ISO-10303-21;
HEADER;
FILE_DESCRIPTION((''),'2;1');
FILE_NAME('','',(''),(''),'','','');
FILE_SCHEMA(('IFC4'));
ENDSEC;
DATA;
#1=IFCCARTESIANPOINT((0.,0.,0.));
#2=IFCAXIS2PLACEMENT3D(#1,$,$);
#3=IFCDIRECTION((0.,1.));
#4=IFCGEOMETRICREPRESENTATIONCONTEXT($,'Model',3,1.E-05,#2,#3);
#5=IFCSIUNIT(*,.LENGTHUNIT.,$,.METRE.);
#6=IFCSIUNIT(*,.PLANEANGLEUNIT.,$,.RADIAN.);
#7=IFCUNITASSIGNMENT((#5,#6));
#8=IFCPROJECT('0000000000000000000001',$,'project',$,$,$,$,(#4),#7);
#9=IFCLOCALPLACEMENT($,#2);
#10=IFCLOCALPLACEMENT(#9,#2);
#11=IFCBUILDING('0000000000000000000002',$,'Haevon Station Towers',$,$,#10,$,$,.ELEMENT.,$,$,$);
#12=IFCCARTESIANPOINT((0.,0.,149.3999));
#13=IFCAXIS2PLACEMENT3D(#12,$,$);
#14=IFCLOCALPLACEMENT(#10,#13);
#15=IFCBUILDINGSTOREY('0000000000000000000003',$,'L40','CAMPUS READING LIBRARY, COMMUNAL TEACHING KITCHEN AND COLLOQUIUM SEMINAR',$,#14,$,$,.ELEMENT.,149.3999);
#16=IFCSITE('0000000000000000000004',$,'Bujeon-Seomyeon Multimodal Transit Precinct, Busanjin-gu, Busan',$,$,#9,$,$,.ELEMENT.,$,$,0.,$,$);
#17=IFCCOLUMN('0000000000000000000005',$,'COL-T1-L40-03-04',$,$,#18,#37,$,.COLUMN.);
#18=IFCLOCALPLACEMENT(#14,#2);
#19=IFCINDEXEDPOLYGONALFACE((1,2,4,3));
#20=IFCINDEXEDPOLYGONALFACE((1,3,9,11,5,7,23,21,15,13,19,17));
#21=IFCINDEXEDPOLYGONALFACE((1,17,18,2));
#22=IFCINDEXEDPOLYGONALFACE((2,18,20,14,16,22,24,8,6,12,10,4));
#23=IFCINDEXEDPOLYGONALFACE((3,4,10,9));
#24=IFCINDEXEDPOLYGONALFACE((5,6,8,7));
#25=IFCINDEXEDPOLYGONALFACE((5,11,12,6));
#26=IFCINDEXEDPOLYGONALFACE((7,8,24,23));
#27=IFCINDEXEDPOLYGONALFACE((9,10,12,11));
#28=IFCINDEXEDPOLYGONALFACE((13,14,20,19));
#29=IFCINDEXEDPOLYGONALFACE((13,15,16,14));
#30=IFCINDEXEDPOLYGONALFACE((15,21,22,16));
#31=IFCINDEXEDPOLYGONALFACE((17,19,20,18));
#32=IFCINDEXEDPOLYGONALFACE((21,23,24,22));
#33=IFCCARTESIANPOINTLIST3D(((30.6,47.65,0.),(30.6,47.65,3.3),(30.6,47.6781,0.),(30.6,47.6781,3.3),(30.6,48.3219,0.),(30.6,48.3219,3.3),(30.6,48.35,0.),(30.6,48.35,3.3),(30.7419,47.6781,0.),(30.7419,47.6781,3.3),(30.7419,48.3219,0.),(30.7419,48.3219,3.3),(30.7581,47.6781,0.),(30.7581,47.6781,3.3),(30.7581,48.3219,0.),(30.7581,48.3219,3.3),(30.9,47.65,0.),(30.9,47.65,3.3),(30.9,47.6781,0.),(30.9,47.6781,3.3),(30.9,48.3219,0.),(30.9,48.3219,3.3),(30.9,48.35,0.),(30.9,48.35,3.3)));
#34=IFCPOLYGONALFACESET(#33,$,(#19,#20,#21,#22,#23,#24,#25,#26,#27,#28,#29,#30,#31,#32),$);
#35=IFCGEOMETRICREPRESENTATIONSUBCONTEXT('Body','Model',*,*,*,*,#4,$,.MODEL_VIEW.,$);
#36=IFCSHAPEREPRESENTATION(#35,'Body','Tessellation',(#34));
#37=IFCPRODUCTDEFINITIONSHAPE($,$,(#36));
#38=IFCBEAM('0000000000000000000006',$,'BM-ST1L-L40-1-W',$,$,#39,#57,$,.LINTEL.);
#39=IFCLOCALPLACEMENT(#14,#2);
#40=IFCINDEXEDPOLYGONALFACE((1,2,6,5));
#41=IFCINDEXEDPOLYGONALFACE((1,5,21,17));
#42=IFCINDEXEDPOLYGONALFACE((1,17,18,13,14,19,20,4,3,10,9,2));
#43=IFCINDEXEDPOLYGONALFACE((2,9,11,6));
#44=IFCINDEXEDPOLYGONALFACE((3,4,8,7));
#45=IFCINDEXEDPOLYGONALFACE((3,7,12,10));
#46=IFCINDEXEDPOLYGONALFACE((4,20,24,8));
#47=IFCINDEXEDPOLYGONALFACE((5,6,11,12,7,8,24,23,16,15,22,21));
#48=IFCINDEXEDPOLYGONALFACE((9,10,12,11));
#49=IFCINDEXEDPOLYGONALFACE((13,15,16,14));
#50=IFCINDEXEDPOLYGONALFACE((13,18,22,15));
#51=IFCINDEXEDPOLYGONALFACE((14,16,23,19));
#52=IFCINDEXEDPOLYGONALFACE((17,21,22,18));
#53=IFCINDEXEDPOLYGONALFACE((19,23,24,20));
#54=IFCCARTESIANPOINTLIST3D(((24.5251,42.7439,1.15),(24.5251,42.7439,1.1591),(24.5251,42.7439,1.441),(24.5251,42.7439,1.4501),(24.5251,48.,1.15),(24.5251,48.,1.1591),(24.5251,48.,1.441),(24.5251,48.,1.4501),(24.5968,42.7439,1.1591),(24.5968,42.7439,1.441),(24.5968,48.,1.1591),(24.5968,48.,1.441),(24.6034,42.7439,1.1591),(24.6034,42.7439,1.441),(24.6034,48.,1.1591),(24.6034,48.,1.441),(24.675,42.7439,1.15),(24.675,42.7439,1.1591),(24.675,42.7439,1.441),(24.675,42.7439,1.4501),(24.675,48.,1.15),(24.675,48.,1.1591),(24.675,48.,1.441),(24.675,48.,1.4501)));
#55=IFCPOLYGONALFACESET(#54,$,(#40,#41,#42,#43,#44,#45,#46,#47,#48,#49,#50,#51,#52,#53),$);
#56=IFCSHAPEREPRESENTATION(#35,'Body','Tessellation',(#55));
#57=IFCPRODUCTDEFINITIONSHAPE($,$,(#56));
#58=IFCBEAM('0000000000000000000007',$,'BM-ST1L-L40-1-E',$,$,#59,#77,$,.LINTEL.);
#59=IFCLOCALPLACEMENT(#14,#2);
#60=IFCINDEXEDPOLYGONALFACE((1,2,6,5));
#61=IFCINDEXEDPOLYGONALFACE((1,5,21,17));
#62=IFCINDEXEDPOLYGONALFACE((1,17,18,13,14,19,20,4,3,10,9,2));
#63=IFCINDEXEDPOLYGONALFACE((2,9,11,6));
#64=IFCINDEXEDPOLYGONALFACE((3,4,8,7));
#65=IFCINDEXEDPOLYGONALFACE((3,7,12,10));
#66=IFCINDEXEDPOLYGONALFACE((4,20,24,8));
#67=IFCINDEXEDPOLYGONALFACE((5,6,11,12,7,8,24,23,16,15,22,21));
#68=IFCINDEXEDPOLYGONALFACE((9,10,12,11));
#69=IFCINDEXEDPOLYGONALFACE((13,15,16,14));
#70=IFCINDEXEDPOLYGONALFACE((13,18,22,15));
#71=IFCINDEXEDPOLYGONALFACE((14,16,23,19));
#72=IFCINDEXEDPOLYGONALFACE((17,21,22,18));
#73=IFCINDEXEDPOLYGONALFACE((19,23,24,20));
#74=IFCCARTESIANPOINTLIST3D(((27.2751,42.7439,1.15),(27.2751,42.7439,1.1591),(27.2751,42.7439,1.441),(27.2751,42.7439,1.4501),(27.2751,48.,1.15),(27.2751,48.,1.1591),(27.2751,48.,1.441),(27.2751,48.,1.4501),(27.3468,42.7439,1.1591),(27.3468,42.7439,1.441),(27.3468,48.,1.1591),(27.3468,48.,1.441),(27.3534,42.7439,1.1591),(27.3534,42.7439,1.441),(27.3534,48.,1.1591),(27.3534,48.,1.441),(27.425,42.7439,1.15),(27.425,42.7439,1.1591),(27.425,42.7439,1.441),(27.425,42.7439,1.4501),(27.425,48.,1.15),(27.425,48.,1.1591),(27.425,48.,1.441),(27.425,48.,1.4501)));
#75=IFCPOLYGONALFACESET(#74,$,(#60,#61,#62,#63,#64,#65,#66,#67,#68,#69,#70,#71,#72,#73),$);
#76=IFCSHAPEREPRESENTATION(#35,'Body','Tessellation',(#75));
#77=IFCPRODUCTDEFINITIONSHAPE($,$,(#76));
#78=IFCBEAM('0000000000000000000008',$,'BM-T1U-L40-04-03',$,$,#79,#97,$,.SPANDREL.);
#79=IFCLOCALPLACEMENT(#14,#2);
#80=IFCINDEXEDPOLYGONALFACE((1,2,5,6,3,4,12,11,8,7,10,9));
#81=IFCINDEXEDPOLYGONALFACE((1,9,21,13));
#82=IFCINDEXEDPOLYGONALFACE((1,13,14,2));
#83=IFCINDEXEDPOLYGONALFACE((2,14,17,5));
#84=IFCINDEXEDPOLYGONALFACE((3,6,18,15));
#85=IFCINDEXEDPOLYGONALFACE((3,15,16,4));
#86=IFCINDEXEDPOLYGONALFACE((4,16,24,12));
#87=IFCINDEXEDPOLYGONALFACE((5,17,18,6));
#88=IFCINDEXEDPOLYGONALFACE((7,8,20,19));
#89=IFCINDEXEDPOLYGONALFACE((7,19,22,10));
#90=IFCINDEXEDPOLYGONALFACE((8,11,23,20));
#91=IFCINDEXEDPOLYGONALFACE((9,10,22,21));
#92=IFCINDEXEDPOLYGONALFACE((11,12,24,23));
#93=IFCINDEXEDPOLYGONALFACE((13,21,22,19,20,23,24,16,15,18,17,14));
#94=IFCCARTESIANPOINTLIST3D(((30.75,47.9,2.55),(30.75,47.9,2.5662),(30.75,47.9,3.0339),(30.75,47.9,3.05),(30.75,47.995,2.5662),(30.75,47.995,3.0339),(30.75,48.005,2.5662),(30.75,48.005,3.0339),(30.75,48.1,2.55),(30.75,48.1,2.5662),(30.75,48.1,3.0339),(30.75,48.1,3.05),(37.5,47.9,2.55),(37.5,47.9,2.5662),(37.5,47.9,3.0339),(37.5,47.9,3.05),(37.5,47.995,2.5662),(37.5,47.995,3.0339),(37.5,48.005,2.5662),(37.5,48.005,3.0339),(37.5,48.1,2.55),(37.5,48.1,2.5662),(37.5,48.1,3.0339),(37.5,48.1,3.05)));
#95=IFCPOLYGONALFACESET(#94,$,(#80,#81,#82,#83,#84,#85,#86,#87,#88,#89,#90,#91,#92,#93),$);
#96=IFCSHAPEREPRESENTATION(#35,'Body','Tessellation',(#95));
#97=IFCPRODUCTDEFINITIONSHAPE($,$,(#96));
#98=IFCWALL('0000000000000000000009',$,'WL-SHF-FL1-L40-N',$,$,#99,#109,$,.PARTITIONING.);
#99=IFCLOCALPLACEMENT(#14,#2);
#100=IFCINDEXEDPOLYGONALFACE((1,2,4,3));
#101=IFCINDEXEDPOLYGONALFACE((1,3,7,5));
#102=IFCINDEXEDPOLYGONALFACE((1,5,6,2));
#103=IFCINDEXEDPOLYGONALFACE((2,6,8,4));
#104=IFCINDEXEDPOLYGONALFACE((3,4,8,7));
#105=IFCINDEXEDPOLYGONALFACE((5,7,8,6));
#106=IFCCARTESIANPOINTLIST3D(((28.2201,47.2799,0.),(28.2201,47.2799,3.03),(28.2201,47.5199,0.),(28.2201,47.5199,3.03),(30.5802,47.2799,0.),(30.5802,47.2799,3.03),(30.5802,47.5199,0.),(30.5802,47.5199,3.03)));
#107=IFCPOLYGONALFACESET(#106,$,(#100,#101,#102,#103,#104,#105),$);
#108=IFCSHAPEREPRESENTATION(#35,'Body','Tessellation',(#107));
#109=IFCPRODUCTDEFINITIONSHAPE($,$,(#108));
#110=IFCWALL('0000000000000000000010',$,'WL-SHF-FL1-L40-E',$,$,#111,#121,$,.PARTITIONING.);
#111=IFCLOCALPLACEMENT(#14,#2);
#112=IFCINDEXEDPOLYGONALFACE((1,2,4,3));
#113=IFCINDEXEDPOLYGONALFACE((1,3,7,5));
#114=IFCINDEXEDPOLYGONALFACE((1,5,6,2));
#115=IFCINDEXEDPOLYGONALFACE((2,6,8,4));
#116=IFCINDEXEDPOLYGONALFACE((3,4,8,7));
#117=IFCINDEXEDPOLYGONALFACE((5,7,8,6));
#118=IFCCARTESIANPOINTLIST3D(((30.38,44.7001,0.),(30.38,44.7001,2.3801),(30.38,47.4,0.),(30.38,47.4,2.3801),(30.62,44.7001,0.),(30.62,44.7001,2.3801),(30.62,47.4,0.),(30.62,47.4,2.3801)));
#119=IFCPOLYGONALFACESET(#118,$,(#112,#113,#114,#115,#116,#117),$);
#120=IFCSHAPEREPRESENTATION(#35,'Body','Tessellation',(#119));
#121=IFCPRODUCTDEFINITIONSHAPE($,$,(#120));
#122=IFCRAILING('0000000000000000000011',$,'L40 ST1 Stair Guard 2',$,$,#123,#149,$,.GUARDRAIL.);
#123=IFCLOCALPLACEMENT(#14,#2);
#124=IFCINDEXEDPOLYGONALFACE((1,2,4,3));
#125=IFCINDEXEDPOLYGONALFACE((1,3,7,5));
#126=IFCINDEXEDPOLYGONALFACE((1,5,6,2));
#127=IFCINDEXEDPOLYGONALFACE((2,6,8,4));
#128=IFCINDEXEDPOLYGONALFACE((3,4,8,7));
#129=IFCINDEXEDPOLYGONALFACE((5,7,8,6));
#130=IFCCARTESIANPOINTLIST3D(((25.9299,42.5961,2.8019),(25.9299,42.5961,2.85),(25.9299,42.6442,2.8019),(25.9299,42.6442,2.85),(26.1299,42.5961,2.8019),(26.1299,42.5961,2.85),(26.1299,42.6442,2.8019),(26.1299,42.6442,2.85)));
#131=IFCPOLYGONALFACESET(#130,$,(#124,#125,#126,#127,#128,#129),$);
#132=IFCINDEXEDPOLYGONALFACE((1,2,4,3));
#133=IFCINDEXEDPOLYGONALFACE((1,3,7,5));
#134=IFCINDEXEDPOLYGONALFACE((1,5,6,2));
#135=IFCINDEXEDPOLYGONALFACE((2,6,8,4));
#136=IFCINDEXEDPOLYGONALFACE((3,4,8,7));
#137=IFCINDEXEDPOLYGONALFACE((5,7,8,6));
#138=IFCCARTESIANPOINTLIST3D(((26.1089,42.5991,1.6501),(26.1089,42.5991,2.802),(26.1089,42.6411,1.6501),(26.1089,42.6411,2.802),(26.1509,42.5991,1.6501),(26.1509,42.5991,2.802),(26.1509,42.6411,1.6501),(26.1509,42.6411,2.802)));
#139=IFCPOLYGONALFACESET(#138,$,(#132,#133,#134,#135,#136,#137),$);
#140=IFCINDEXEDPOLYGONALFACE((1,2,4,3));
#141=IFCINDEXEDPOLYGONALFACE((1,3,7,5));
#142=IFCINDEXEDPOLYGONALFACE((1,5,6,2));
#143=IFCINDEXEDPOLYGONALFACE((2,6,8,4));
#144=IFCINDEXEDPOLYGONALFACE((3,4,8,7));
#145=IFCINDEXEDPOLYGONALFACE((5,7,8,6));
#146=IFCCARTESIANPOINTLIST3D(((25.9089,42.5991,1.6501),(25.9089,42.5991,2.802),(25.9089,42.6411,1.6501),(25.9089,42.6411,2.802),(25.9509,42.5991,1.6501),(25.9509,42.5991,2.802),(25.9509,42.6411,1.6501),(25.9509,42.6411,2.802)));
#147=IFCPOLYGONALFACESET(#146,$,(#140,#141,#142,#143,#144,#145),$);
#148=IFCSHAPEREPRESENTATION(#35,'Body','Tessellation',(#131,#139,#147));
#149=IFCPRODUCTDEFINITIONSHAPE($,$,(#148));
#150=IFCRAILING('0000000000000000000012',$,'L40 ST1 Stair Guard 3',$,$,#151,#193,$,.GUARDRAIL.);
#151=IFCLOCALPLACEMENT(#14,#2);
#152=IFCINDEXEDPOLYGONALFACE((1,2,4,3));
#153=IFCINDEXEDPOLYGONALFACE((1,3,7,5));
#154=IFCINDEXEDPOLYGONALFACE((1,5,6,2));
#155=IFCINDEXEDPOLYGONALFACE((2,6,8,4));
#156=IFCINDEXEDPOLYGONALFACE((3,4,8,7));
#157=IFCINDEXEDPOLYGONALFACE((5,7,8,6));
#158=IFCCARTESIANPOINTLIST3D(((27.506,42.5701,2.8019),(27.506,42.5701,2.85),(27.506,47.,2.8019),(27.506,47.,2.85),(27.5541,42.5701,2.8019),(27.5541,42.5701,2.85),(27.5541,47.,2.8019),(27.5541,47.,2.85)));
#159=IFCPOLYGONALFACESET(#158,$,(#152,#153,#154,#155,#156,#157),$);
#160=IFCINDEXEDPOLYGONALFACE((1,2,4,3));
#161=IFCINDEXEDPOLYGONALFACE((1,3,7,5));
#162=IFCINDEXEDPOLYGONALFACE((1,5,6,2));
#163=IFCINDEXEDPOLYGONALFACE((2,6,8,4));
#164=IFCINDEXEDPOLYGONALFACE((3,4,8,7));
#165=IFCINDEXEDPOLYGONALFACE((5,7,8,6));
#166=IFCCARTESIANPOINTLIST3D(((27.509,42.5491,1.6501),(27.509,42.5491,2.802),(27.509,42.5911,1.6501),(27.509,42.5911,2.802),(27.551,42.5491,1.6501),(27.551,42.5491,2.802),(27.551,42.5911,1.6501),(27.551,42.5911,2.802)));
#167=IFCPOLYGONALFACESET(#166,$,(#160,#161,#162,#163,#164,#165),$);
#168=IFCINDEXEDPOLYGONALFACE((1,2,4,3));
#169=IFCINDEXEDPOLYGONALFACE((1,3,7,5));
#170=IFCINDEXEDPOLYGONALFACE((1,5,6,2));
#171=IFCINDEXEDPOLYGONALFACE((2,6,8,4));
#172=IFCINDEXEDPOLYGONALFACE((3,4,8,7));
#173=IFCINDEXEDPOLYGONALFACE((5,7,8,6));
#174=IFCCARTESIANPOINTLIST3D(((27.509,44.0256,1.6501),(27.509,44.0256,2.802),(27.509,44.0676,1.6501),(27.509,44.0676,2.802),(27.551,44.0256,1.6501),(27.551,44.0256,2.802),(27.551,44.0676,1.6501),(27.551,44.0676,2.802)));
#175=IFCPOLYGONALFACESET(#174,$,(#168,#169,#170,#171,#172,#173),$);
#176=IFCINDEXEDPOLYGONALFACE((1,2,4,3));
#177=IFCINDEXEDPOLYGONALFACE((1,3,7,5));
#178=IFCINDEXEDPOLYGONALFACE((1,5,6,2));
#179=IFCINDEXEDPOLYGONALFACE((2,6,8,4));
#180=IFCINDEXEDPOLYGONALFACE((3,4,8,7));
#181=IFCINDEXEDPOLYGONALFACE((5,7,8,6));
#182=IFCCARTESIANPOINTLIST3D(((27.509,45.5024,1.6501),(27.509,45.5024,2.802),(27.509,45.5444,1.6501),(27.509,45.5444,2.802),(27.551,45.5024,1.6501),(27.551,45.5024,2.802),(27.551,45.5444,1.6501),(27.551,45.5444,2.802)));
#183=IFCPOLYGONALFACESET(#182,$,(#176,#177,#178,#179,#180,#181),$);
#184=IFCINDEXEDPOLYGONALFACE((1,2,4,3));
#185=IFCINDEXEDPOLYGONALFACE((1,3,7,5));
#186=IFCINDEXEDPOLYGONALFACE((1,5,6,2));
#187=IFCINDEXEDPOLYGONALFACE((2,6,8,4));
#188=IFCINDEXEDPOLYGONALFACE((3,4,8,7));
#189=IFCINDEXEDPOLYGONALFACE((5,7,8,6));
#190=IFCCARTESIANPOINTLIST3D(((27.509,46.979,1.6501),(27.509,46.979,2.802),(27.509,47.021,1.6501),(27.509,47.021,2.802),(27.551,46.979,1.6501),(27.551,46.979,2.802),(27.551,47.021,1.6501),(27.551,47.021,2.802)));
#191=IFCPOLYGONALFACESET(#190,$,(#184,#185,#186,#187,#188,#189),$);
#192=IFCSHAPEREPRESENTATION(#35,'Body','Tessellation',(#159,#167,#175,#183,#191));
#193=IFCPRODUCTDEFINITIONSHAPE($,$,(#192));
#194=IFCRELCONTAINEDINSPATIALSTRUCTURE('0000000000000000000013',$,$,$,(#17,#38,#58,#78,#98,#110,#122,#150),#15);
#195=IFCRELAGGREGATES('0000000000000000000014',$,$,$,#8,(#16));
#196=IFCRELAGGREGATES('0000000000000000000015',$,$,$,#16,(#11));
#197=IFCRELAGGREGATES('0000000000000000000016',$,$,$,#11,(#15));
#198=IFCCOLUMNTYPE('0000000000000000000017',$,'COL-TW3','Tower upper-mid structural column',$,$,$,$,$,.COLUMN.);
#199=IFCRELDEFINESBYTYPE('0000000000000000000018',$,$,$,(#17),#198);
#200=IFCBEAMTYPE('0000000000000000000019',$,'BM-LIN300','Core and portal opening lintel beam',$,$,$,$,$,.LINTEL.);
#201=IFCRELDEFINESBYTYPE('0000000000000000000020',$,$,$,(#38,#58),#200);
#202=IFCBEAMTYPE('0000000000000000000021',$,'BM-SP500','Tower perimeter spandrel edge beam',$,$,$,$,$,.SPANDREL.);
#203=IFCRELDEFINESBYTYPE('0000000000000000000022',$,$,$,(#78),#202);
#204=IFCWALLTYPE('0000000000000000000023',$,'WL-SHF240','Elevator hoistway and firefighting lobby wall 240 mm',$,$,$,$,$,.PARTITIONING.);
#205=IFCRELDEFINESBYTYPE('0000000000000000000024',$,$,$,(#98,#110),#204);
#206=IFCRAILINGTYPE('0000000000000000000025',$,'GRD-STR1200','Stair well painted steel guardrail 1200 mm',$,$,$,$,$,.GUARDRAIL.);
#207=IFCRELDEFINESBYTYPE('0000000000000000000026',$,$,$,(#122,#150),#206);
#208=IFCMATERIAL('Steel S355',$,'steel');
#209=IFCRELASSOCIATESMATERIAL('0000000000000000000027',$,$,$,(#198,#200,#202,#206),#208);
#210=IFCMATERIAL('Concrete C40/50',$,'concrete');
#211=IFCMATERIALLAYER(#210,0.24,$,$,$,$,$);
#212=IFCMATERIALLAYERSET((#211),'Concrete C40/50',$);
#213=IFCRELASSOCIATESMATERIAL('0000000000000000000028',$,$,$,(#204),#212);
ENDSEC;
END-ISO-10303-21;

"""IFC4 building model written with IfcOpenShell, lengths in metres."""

from ifc_helpers import new_model, si_unit, direction, frame, frame_2d, origin, origin_2d, place, context, subcontext, project, spatial, rectangle, i_section, extrude, material, layer, layer_set, material_profile, profile_set, type_object, element, save


model = new_model("IFC4")

# Units and contexts
model_context = context("Model", 3, precision=1e-05, world=origin(), true_north=direction((0.0, 1.0)))
body_context = subcontext(model_context, "Body", "Model", "MODEL_VIEW")
ifc_project = project(units=[si_unit("LENGTHUNIT", "METRE"), si_unit("PLANEANGLEUNIT", "RADIAN")], contexts=[model_context])

# Site, building, storey
site_placement = place(None, origin())
site = spatial("IfcSite", under=ifc_project, at=site_placement, Name="Bujeon-Seomyeon Multimodal Transit Precinct, Busanjin-gu, Busan", CompositionType="ELEMENT", RefElevation=0.0)
building_placement = place(site_placement, origin())
building = spatial("IfcBuilding", under=site, at=building_placement, Name="Haevon Station Towers", CompositionType="ELEMENT")
storey_placement = place(building_placement, frame((0.0, 0.0, 149.3999)))
storey = spatial("IfcBuildingStorey", under=building, at=storey_placement, Name="L40", Description="CAMPUS READING LIBRARY, COMMUNAL TEACHING KITCHEN AND COLLOQUIUM SEMINAR", CompositionType="ELEMENT", Elevation=149.3999)

# Column
ifc_material_1 = material(Name="Steel S355", Category="steel")
ifc_material_profile_1 = material_profile(ifc_material_1, i_section(OverallWidth=0.3, OverallDepth=0.7, WebThickness=0.0161, FlangeThickness=0.0281, at=origin_2d()), Name="H-700x300x16x28")
ifc_profile_set_1 = profile_set([ifc_material_profile_1], Name="Steel S355")
column_type = type_object("IfcColumnType", Name="COL-TW3", Description="Tower upper-mid structural column", PredefinedType="COLUMN", material=ifc_profile_set_1)
column_placement = place(storey_placement, frame((30.75, 48.0, 0.0), z_axis=(0.0, 0.0, 1.0), x_axis=(1.0, 0.0, 0.0)))
element("IfcColumn", 1, at=column_placement, inside=storey, type_object=column_type, Name="COL-T1-L40-03-04", PredefinedType="COLUMN", context=body_context, shape_type="SweptSolid", body=[
    extrude(i_section(OverallWidth=0.3, OverallDepth=0.7, WebThickness=0.0161, FlangeThickness=0.0281, at=origin_2d()), origin(), (0.0, 0.0, 1.0), 3.3),
])

# Beams
ifc_material_profile_2 = material_profile(ifc_material_1, i_section(OverallWidth=0.1499, OverallDepth=0.3, WebThickness=0.0066, FlangeThickness=0.009, at=origin_2d()), Name="H-300x150x6.5x9")
ifc_profile_set_2 = profile_set([ifc_material_profile_2], Name="Steel S355")
beam_type_1 = type_object("IfcBeamType", Name="BM-LIN300", Description="Core and portal opening lintel beam", PredefinedType="LINTEL", material=ifc_profile_set_2)
for number, where, z_axis, x_axis, name in (
    (2, (24.6001, 42.7439, 1.3), (0.0, 1.0, 0.0), (-1.0, 0.0, 0.0), "BM-ST1L-L40-1-W"),
    (3, (27.3501, 42.7439, 1.3), (0.0, 1.0, 0.0), (-1.0, 0.0, 0.0), "BM-ST1L-L40-1-E"),
):
    element("IfcBeam", number, at=place(storey_placement, frame(where, z_axis=z_axis, x_axis=x_axis)), inside=storey, type_object=beam_type_1, Name=name, PredefinedType="LINTEL", context=body_context, shape_type="SweptSolid", body=[
        extrude(i_section(OverallWidth=0.1499, OverallDepth=0.3, WebThickness=0.0066, FlangeThickness=0.009, at=origin_2d()), origin(), (0.0, 0.0, 1.0), 5.2561),
    ])
ifc_material_profile_3 = material_profile(ifc_material_1, i_section(OverallWidth=0.2, OverallDepth=0.5, WebThickness=0.01, FlangeThickness=0.0161, at=origin_2d()), Name="H-500x200x10x16")
ifc_profile_set_3 = profile_set([ifc_material_profile_3], Name="Steel S355")
beam_type_2 = type_object("IfcBeamType", Name="BM-SP500", Description="Tower perimeter spandrel edge beam", PredefinedType="SPANDREL", material=ifc_profile_set_3)
beam_placement = place(storey_placement, frame((30.75, 48.0, 2.8), z_axis=(1.0, 0.0, 0.0), x_axis=(0.0, 1.0, 0.0)))
element("IfcBeam", 4, at=beam_placement, inside=storey, type_object=beam_type_2, Name="BM-T1U-L40-04-03", PredefinedType="SPANDREL", context=body_context, shape_type="SweptSolid", body=[
    extrude(i_section(OverallWidth=0.2, OverallDepth=0.5, WebThickness=0.01, FlangeThickness=0.0161, at=origin_2d()), origin(), (0.0, 0.0, 1.0), 6.75),
])

# Shared definitions
ifc_material_2 = material(Name="Concrete C40/50", Category="concrete")
ifc_layer = layer(ifc_material_2, 0.24)
ifc_layer_set = layer_set([ifc_layer], Name="Concrete C40/50")
wall_type = type_object("IfcWallType", Name="WL-SHF240", Description="Elevator hoistway and firefighting lobby wall 240 mm", PredefinedType="PARTITIONING", material=ifc_layer_set)

# Walls
wall_1_placement = place(storey_placement, frame((28.22, 47.3999, 0.0), z_axis=(0.0, 0.0, 1.0), x_axis=(1.0, 0.0, 0.0)))
element("IfcWall", 5, at=wall_1_placement, inside=storey, type_object=wall_type, Name="WL-SHF-FL1-L40-N", PredefinedType="PARTITIONING", context=body_context, shape_type="SweptSolid", body=[
    extrude(rectangle(XDim=2.3601, YDim=0.24, at=frame_2d((1.1802, 0.0))), origin(), (0.0, 0.0, 1.0), 3.03),
])
wall_2_placement = place(storey_placement, frame((30.5, 44.7, 0.0), z_axis=(0.0, 0.0, 1.0), x_axis=(0.0, 1.0, 0.0)))
element("IfcWall", 6, at=wall_2_placement, inside=storey, type_object=wall_type, Name="WL-SHF-FL1-L40-E", PredefinedType="PARTITIONING", context=body_context, shape_type="SweptSolid", body=[
    extrude(rectangle(XDim=2.7, YDim=0.24, at=frame_2d((1.3501, 0.0))), origin(), (0.0, 0.0, 1.0), 2.3801),
])

# Railings
railing_type = type_object("IfcRailingType", Name="GRD-STR1200", Description="Stair well painted steel guardrail 1200 mm", PredefinedType="GUARDRAIL", material=ifc_material_1)
railing_1_placement = place(storey_placement, frame((26.1299, 42.6201, 1.6501)))
element("IfcRailing", 7, at=railing_1_placement, inside=storey, type_object=railing_type, Name="L40 ST1 Stair Guard 2", PredefinedType="GUARDRAIL", context=body_context, shape_type="SweptSolid", body=[
    extrude(rectangle(XDim=0.0481, YDim=0.0481, at=origin_2d()), frame((0.0, 0.0, 1.1758), z_axis=(-1.0, 0.0, 0.0), x_axis=(0.0, -1.0, 0.0)), (0.0, 0.0, 1.0), 0.2),
    extrude(rectangle(XDim=0.042, YDim=0.042, at=origin_2d()), origin(), (0.0, 0.0, 1.0), 1.1519),
    extrude(rectangle(XDim=0.042, YDim=0.042, at=origin_2d()), frame((-0.2, 0.0, 0.0)), (0.0, 0.0, 1.0), 1.1519),
])
railing_2_placement = place(storey_placement, frame((27.53, 42.5701, 1.6501)))
element("IfcRailing", 8, at=railing_2_placement, inside=storey, type_object=railing_type, Name="L40 ST1 Stair Guard 3", PredefinedType="GUARDRAIL", context=body_context, shape_type="SweptSolid", body=[
    extrude(rectangle(XDim=0.0481, YDim=0.0481, at=origin_2d()), frame((0.0, 0.0, 1.1758), z_axis=(0.0, 1.0, 0.0), x_axis=(-1.0, 0.0, 0.0)), (0.0, 0.0, 1.0), 4.4299),
    extrude(rectangle(XDim=0.042, YDim=0.042, at=origin_2d()), origin(), (0.0, 0.0, 1.0), 1.1519),
    extrude(rectangle(XDim=0.042, YDim=0.042, at=origin_2d()), frame((0.0, 1.4766, 0.0)), (0.0, 0.0, 1.0), 1.1519),
    extrude(rectangle(XDim=0.042, YDim=0.042, at=origin_2d()), frame((0.0, 2.9534, 0.0)), (0.0, 0.0, 1.0), 1.1519),
    extrude(rectangle(XDim=0.042, YDim=0.042, at=origin_2d()), frame((0.0, 4.4299, 0.0)), (0.0, 0.0, 1.0), 1.1519),
])

save(model, "model.ifc")
